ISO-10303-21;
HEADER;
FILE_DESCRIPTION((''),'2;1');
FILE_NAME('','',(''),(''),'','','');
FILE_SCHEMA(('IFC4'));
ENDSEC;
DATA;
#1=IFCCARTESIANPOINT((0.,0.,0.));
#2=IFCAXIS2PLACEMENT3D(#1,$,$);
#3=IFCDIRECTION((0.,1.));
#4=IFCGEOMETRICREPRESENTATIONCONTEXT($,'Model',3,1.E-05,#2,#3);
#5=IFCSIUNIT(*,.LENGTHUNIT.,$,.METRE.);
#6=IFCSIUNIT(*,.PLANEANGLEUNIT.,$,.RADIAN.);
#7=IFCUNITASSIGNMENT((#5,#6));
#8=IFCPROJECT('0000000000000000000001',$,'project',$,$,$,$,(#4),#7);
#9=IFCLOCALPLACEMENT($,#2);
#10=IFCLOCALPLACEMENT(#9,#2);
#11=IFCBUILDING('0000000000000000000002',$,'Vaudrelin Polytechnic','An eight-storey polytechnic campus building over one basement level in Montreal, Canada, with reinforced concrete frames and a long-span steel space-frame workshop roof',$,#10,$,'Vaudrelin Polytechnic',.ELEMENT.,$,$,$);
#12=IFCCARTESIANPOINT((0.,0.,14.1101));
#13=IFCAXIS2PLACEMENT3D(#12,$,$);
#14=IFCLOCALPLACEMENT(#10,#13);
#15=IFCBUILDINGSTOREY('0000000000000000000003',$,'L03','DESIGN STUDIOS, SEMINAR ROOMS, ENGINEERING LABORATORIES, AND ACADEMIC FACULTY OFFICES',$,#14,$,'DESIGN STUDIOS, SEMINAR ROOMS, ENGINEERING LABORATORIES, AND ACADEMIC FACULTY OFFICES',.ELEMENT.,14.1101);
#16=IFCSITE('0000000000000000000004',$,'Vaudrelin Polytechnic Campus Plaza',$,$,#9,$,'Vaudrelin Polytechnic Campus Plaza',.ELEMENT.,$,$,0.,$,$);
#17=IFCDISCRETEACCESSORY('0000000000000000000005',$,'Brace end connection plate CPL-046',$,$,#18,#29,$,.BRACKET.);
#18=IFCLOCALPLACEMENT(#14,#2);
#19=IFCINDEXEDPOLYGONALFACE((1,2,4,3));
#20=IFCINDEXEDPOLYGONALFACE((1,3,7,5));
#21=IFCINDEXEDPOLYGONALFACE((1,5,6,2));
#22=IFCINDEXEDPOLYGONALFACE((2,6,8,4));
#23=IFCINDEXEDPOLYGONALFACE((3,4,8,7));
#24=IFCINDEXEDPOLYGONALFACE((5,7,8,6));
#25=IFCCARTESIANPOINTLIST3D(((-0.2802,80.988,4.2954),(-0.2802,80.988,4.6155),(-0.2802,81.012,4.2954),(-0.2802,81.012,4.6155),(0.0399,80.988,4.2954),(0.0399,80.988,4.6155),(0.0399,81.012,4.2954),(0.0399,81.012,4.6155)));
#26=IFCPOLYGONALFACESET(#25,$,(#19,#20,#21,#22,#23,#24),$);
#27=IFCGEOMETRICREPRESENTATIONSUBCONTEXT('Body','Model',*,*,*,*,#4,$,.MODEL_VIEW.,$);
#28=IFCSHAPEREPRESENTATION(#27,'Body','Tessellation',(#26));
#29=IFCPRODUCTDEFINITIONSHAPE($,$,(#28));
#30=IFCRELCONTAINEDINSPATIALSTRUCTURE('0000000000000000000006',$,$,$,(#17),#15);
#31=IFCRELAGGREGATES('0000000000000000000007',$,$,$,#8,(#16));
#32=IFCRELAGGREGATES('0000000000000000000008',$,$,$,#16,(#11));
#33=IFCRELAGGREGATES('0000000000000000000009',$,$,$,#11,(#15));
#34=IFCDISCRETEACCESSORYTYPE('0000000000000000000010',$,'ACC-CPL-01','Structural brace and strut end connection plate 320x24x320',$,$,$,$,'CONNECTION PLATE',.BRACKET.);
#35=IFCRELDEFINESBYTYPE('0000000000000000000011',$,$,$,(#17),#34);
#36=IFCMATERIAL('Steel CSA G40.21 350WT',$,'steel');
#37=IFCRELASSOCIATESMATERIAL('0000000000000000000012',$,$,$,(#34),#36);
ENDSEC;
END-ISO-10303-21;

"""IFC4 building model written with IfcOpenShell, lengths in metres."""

from ifc_helpers import new_model, si_unit, direction, frame, origin, origin_2d, place, context, subcontext, project, spatial, rectangle, extrude, material, type_object, element, save


model = new_model("IFC4")

# Units and contexts
model_context = context("Model", 3, precision=1e-05, world=origin(), true_north=direction((0.0, 1.0)))
body_context = subcontext(model_context, "Body", "Model", "MODEL_VIEW")
ifc_project = project(units=[si_unit("LENGTHUNIT", "METRE"), si_unit("PLANEANGLEUNIT", "RADIAN")], contexts=[model_context])

# Site, building, storey
site_placement = place(None, origin())
site = spatial("IfcSite", under=ifc_project, at=site_placement, Name="Vaudrelin Polytechnic Campus Plaza", LongName="Vaudrelin Polytechnic Campus Plaza", CompositionType="ELEMENT", RefElevation=0.0)
building_placement = place(site_placement, origin())
building = spatial("IfcBuilding", under=site, at=building_placement, Name="Vaudrelin Polytechnic", Description="An eight-storey polytechnic campus building over one basement level in Montreal, Canada, with reinforced concrete frames and a long-span steel space-frame workshop roof", LongName="Vaudrelin Polytechnic", CompositionType="ELEMENT")
storey_placement = place(building_placement, frame((0.0, 0.0, 14.1101)))
storey = spatial("IfcBuildingStorey", under=building, at=storey_placement, Name="L03", Description="DESIGN STUDIOS, SEMINAR ROOMS, ENGINEERING LABORATORIES, AND ACADEMIC FACULTY OFFICES", LongName="DESIGN STUDIOS, SEMINAR ROOMS, ENGINEERING LABORATORIES, AND ACADEMIC FACULTY OFFICES", CompositionType="ELEMENT", Elevation=14.1101)

# Shared definitions
ifc_material_1 = material(Name="Steel CSA G40.21 350WT", Category="steel")

# Discrete accessory
discrete_accessory_type = type_object("IfcDiscreteAccessoryType", Name="ACC-CPL-01", Description="Structural brace and strut end connection plate 320x24x320", ElementType="CONNECTION PLATE", PredefinedType="BRACKET", material=ifc_material_1)
discrete_accessory_placement = place(storey_placement, frame((-0.1201, 81.0, 4.2954), z_axis=(0.0, 0.0, 1.0), x_axis=(1.0, 0.0, 0.0)))
element("IfcDiscreteAccessory", 1, at=discrete_accessory_placement, inside=storey, type_object=discrete_accessory_type, Name="Brace end connection plate CPL-046", PredefinedType="BRACKET", context=body_context, shape_type="SweptSolid", body=[
    extrude(rectangle(XDim=0.3201, YDim=0.0239, at=origin_2d()), origin(), (0.0, 0.0, 1.0), 0.3201),
])

save(model, "model.ifc")
